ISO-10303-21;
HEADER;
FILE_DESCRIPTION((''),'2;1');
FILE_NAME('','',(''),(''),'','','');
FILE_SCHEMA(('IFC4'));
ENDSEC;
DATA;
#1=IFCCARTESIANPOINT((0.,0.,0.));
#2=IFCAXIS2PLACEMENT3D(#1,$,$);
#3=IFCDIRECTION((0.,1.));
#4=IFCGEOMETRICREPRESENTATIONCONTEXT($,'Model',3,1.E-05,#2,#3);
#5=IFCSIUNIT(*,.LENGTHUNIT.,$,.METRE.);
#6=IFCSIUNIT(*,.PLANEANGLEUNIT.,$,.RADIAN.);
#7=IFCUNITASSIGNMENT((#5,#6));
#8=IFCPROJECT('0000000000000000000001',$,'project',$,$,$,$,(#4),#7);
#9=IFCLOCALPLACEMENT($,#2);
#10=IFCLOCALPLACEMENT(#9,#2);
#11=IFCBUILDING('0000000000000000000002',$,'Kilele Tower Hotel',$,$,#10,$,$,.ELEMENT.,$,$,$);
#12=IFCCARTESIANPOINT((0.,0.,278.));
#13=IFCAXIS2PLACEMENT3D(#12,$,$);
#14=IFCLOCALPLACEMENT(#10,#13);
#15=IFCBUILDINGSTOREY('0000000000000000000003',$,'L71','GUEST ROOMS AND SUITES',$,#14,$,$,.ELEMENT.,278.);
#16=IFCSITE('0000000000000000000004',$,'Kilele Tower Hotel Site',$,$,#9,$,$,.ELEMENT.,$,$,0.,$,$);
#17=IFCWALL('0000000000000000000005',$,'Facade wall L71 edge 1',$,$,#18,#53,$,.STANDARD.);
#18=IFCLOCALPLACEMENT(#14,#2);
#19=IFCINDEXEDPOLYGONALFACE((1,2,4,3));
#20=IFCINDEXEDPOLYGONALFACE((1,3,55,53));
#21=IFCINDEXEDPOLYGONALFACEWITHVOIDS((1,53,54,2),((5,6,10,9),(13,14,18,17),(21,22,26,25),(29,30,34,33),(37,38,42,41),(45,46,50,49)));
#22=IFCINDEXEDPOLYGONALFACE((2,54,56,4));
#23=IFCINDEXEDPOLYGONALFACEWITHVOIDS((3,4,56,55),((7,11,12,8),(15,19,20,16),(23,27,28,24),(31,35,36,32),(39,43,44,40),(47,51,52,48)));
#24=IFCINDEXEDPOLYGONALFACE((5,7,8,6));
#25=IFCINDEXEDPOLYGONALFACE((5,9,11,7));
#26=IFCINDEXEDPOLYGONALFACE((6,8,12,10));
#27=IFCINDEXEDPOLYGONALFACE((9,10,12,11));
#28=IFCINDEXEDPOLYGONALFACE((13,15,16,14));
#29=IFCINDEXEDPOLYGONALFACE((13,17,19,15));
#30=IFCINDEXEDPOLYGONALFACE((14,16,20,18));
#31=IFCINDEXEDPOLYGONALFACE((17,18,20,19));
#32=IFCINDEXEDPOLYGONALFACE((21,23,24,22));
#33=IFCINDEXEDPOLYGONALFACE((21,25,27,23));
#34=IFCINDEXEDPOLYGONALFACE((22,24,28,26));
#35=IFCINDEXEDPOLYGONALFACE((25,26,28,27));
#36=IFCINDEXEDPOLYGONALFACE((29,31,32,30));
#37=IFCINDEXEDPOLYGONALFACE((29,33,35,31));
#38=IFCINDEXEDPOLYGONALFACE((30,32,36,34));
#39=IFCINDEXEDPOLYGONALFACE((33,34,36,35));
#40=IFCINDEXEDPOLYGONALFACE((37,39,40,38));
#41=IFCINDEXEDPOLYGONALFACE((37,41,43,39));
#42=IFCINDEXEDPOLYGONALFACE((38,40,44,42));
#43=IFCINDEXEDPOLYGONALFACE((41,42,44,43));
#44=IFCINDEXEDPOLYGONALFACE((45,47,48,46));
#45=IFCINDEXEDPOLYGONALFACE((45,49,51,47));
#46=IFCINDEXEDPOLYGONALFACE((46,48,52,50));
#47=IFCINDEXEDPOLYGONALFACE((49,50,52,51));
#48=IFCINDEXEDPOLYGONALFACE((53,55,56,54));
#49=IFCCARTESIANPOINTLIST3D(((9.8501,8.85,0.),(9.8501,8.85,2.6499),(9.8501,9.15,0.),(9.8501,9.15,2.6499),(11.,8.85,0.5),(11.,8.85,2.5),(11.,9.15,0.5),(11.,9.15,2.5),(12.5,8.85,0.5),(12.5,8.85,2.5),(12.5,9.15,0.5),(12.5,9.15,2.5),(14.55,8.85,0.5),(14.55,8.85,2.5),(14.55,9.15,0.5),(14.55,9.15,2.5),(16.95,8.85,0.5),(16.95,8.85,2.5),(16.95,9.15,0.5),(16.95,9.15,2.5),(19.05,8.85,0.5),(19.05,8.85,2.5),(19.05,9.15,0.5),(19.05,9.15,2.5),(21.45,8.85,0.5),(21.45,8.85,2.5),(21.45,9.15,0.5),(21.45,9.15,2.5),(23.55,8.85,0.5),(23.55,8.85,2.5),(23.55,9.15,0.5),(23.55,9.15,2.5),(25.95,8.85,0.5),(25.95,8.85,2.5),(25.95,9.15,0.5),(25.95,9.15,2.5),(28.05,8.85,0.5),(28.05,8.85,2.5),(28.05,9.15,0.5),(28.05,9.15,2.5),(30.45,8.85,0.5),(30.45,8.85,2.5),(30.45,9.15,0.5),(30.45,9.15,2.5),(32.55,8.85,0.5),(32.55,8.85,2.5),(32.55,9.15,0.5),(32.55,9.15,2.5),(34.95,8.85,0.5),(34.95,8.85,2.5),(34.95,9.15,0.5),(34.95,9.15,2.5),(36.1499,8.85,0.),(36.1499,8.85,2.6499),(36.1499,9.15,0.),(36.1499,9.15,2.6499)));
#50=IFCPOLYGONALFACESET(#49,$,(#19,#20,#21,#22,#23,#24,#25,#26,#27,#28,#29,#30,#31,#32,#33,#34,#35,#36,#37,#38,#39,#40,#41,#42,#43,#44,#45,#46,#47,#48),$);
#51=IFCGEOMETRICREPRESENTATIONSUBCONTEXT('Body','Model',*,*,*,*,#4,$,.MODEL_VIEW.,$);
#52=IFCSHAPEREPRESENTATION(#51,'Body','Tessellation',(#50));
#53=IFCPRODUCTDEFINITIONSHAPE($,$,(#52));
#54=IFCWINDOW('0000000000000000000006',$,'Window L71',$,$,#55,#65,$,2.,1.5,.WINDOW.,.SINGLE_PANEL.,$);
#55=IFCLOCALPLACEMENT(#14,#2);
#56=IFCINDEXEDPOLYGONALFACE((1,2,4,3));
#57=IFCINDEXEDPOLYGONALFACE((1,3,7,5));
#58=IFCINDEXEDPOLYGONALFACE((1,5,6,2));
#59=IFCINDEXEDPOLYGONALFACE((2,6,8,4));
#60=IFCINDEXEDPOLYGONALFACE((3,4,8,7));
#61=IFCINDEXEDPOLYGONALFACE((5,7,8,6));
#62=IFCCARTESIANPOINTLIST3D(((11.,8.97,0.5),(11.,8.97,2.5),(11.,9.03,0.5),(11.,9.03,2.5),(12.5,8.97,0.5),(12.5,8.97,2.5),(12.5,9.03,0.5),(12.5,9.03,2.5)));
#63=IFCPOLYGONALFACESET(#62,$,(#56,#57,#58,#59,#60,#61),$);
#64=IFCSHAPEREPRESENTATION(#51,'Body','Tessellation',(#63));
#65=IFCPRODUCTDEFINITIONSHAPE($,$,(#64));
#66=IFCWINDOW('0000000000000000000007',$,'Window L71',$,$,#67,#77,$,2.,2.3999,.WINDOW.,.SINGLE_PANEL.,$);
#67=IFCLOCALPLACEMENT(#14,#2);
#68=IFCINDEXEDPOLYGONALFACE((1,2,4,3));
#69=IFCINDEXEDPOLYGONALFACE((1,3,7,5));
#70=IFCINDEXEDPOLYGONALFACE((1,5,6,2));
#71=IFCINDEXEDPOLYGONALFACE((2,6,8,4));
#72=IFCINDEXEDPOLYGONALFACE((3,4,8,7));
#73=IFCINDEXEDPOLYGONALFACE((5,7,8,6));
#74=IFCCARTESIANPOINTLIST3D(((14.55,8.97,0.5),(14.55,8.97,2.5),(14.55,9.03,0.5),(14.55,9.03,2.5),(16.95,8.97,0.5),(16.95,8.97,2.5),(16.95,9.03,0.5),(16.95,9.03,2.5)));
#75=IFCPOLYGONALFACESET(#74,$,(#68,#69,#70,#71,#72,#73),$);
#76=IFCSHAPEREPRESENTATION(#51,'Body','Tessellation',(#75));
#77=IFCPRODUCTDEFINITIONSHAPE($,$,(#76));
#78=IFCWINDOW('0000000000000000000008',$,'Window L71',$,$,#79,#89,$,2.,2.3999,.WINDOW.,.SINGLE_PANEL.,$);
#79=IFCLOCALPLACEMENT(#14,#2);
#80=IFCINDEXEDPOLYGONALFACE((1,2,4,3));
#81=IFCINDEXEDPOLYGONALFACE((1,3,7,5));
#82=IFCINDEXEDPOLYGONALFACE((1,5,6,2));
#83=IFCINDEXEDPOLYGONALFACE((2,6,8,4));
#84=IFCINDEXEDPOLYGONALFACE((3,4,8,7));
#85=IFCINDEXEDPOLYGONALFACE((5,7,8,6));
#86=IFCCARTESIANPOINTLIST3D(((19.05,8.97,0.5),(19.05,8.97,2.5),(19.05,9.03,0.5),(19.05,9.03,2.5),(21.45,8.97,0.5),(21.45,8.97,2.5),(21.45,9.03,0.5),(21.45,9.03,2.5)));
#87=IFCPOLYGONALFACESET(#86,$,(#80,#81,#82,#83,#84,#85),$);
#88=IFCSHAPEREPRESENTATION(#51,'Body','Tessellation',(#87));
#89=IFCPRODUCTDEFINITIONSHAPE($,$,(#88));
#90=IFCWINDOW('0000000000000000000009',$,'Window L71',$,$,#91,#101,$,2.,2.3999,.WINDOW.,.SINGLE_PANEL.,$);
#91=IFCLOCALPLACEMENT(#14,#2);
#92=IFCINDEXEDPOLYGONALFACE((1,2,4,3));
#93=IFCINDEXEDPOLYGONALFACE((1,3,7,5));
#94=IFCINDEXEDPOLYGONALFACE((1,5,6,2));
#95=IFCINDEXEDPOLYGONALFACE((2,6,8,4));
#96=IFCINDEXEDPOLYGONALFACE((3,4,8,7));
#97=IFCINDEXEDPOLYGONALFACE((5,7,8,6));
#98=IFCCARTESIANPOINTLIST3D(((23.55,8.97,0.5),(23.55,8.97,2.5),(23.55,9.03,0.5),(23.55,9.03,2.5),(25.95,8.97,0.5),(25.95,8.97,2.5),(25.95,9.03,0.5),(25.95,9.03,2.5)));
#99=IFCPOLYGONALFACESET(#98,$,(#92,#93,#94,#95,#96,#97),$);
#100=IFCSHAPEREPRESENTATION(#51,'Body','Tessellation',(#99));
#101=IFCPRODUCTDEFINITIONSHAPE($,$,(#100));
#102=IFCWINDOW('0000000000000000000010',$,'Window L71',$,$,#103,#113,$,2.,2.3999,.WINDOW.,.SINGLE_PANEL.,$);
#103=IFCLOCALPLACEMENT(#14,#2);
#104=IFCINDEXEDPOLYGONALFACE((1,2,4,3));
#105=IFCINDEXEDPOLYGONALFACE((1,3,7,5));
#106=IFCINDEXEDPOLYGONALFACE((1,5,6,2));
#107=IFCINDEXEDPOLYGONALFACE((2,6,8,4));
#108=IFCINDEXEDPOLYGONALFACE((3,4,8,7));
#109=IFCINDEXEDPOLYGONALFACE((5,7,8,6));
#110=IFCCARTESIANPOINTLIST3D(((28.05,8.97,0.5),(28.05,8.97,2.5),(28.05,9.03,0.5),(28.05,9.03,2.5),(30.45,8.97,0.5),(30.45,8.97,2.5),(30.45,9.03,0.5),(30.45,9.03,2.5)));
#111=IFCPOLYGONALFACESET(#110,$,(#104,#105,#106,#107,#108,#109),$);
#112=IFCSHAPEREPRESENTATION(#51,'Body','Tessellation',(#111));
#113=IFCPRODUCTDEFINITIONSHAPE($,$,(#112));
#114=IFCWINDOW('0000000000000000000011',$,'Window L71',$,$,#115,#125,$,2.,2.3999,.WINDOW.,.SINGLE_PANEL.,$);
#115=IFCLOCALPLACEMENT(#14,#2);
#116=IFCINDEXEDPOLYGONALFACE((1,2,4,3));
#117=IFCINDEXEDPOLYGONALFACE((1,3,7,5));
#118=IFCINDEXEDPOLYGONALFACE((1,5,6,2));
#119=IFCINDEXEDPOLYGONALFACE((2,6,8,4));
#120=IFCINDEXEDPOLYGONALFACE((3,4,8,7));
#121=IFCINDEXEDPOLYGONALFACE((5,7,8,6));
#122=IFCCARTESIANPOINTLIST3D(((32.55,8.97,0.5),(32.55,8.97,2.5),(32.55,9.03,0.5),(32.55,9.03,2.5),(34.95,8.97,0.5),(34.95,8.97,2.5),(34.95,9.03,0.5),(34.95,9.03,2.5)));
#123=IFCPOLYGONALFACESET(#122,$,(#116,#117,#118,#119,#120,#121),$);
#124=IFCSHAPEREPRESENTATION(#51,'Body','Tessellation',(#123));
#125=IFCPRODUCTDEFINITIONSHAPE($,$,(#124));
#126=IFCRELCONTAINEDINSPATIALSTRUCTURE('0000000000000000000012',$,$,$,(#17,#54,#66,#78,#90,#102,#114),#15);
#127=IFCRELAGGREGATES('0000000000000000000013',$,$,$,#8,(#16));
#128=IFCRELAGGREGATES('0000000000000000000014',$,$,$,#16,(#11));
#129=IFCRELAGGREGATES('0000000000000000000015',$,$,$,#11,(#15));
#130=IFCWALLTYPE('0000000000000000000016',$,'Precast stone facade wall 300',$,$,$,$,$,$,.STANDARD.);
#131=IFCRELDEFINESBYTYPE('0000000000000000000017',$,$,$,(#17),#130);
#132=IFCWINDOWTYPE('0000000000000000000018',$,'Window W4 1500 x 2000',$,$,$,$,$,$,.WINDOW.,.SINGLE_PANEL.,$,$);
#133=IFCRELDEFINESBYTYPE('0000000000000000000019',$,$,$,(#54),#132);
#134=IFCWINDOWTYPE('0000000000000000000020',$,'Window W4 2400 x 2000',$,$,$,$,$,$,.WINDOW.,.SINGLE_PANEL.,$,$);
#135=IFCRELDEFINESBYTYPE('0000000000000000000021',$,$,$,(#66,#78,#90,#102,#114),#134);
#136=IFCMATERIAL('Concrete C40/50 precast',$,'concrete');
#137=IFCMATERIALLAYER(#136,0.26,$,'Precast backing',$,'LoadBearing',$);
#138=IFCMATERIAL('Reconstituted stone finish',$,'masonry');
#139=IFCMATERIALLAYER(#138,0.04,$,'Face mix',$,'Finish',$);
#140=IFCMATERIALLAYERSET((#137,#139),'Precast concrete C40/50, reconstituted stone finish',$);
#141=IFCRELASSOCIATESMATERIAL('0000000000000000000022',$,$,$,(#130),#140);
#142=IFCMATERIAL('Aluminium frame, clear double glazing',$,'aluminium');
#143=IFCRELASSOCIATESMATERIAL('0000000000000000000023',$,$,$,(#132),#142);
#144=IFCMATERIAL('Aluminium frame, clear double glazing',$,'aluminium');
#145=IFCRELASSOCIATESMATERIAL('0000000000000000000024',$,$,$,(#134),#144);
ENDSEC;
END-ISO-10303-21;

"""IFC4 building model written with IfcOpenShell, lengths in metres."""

from ifc_helpers import new_model, si_unit, direction, frame, frame_2d, origin, place, context, subcontext, project, spatial, rectangle, extrude, material, layer, layer_set, type_object, element, fill, save


model = new_model("IFC4")

# Units and contexts
model_context = context("Model", 3, precision=1e-05, world=origin(), true_north=direction((0.0, 1.0)))
body_context = subcontext(model_context, "Body", "Model", "MODEL_VIEW")
ifc_project = project(units=[si_unit("LENGTHUNIT", "METRE"), si_unit("PLANEANGLEUNIT", "RADIAN")], contexts=[model_context])

# Site, building, storey
site_placement = place(None, origin())
site = spatial("IfcSite", under=ifc_project, at=site_placement, Name="Kilele Tower Hotel Site", CompositionType="ELEMENT", RefElevation=0.0)
building_placement = place(site_placement, origin())
building = spatial("IfcBuilding", under=site, at=building_placement, Name="Kilele Tower Hotel", CompositionType="ELEMENT")
storey_placement = place(building_placement, frame((0.0, 0.0, 278.0)))
storey = spatial("IfcBuildingStorey", under=building, at=storey_placement, Name="L71", Description="GUEST ROOMS AND SUITES", CompositionType="ELEMENT", Elevation=278.0)

# Wall, openings, windows
ifc_material_1 = material(Name="Concrete C40/50 precast", Category="concrete")
ifc_layer_1 = layer(ifc_material_1, 0.26, Name="Precast backing", Category="LoadBearing")
ifc_material_2 = material(Name="Reconstituted stone finish", Category="masonry")
ifc_layer_2 = layer(ifc_material_2, 0.04, Name="Face mix", Category="Finish")
ifc_layer_set_1 = layer_set([ifc_layer_1, ifc_layer_2], Name="Precast concrete C40/50, reconstituted stone finish")
wall_type = type_object("IfcWallType", Name="Precast stone facade wall 300", PredefinedType="STANDARD", material=ifc_layer_set_1)
wall_placement = place(storey_placement, frame((9.8501, 9.0, 0.0), z_axis=(0.0, 0.0, 1.0), x_axis=(1.0, 0.0, 0.0)))
wall = element("IfcWall", 1, at=wall_placement, inside=storey, type_object=wall_type, Name="Facade wall L71 edge 1", PredefinedType="STANDARD", context=body_context, shape_type="SweptSolid", body=[
    extrude(rectangle(XDim=26.2998, YDim=0.3, at=frame_2d((13.1499, 0.0))), origin(), (0.0, 0.0, 1.0), 2.6499),
])
opening_1_placement = place(wall_placement, frame((1.1499, 0.0, 0.5)))
opening_1 = element("IfcOpeningElement", 2, at=opening_1_placement, cuts=wall, PredefinedType="OPENING", context=body_context, shape_type="SweptSolid", body=[
    extrude(rectangle(XDim=1.5, YDim=2.0, at=frame_2d((0.75, 1.0))), frame((0.0, 0.1599, 0.0), z_axis=(0.0, -1.0, 0.0), x_axis=(1.0, 0.0, 0.0)), (0.0, 0.0, 1.0), 0.3201),
])
opening_2_placement = place(wall_placement, frame((4.7, 0.0, 0.5)))
opening_2 = element("IfcOpeningElement", 3, at=opening_2_placement, cuts=wall, PredefinedType="OPENING", context=body_context, shape_type="SweptSolid", body=[
    extrude(rectangle(XDim=2.3999, YDim=2.0, at=frame_2d((1.2, 1.0))), frame((0.0, 0.1599, 0.0), z_axis=(0.0, -1.0, 0.0), x_axis=(1.0, 0.0, 0.0)), (0.0, 0.0, 1.0), 0.3201),
])
opening_3_placement = place(wall_placement, frame((9.2, 0.0, 0.5)))
opening_3 = element("IfcOpeningElement", 4, at=opening_3_placement, cuts=wall, PredefinedType="OPENING", context=body_context, shape_type="SweptSolid", body=[
    extrude(rectangle(XDim=2.3999, YDim=2.0, at=frame_2d((1.2, 1.0))), frame((0.0, 0.1599, 0.0), z_axis=(0.0, -1.0, 0.0), x_axis=(1.0, 0.0, 0.0)), (0.0, 0.0, 1.0), 0.3201),
])
opening_4_placement = place(wall_placement, frame((13.7, 0.0, 0.5)))
opening_4 = element("IfcOpeningElement", 5, at=opening_4_placement, cuts=wall, PredefinedType="OPENING", context=body_context, shape_type="SweptSolid", body=[
    extrude(rectangle(XDim=2.3999, YDim=2.0, at=frame_2d((1.2, 1.0))), frame((0.0, 0.1599, 0.0), z_axis=(0.0, -1.0, 0.0), x_axis=(1.0, 0.0, 0.0)), (0.0, 0.0, 1.0), 0.3201),
])
opening_5_placement = place(wall_placement, frame((18.2, 0.0, 0.5)))
opening_5 = element("IfcOpeningElement", 6, at=opening_5_placement, cuts=wall, PredefinedType="OPENING", context=body_context, shape_type="SweptSolid", body=[
    extrude(rectangle(XDim=2.3999, YDim=2.0, at=frame_2d((1.2, 1.0))), frame((0.0, 0.1599, 0.0), z_axis=(0.0, -1.0, 0.0), x_axis=(1.0, 0.0, 0.0)), (0.0, 0.0, 1.0), 0.3201),
])
opening_6_placement = place(wall_placement, frame((22.7, 0.0, 0.5)))
opening_6 = element("IfcOpeningElement", 7, at=opening_6_placement, cuts=wall, PredefinedType="OPENING", context=body_context, shape_type="SweptSolid", body=[
    extrude(rectangle(XDim=2.3999, YDim=2.0, at=frame_2d((1.2, 1.0))), frame((0.0, 0.1599, 0.0), z_axis=(0.0, -1.0, 0.0), x_axis=(1.0, 0.0, 0.0)), (0.0, 0.0, 1.0), 0.3201),
])
ifc_material_3 = material(Name="Aluminium frame, clear double glazing", Category="aluminium")
window_type_1 = type_object("IfcWindowType", Name="Window W4 1500 x 2000", PartitioningType="SINGLE_PANEL", PredefinedType="WINDOW", material=ifc_material_3)
window_1_placement = place(opening_1_placement, origin())
window_1 = element("IfcWindow", 8, at=window_1_placement, inside=storey, type_object=window_type_1, Name="Window L71", OverallHeight=2.0, OverallWidth=1.5, PartitioningType="SINGLE_PANEL", PredefinedType="WINDOW", context=body_context, shape_type="SweptSolid", body=[
    extrude(rectangle(XDim=1.5, YDim=2.0, at=frame_2d((0.75, 1.0))), frame((0.0, 0.03, 0.0), z_axis=(0.0, -1.0, 0.0), x_axis=(1.0, 0.0, 0.0)), (0.0, 0.0, 1.0), 0.0601),
])
fill(opening_1, window_1)
ifc_material_4 = material(Name="Aluminium frame, clear double glazing", Category="aluminium")
window_type_2 = type_object("IfcWindowType", Name="Window W4 2400 x 2000", PartitioningType="SINGLE_PANEL", PredefinedType="WINDOW", material=ifc_material_4)
window_2_placement = place(opening_2_placement, origin())
window_2 = element("IfcWindow", 9, at=window_2_placement, inside=storey, type_object=window_type_2, Name="Window L71", OverallHeight=2.0, OverallWidth=2.3999, PartitioningType="SINGLE_PANEL", PredefinedType="WINDOW", context=body_context, shape_type="SweptSolid", body=[
    extrude(rectangle(XDim=2.3999, YDim=2.0, at=frame_2d((1.2, 1.0))), frame((0.0, 0.03, 0.0), z_axis=(0.0, -1.0, 0.0), x_axis=(1.0, 0.0, 0.0)), (0.0, 0.0, 1.0), 0.0601),
])
fill(opening_2, window_2)
window_3_placement = place(opening_3_placement, origin())
window_3 = element("IfcWindow", 10, at=window_3_placement, inside=storey, type_object=window_type_2, Name="Window L71", OverallHeight=2.0, OverallWidth=2.3999, PartitioningType="SINGLE_PANEL", PredefinedType="WINDOW", context=body_context, shape_type="SweptSolid", body=[
    extrude(rectangle(XDim=2.3999, YDim=2.0, at=frame_2d((1.2, 1.0))), frame((0.0, 0.03, 0.0), z_axis=(0.0, -1.0, 0.0), x_axis=(1.0, 0.0, 0.0)), (0.0, 0.0, 1.0), 0.0601),
])
fill(opening_3, window_3)
window_4_placement = place(opening_4_placement, origin())
window_4 = element("IfcWindow", 11, at=window_4_placement, inside=storey, type_object=window_type_2, Name="Window L71", OverallHeight=2.0, OverallWidth=2.3999, PartitioningType="SINGLE_PANEL", PredefinedType="WINDOW", context=body_context, shape_type="SweptSolid", body=[
    extrude(rectangle(XDim=2.3999, YDim=2.0, at=frame_2d((1.2, 1.0))), frame((0.0, 0.03, 0.0), z_axis=(0.0, -1.0, 0.0), x_axis=(1.0, 0.0, 0.0)), (0.0, 0.0, 1.0), 0.0601),
])
fill(opening_4, window_4)
window_5_placement = place(opening_5_placement, origin())
window_5 = element("IfcWindow", 12, at=window_5_placement, inside=storey, type_object=window_type_2, Name="Window L71", OverallHeight=2.0, OverallWidth=2.3999, PartitioningType="SINGLE_PANEL", PredefinedType="WINDOW", context=body_context, shape_type="SweptSolid", body=[
    extrude(rectangle(XDim=2.3999, YDim=2.0, at=frame_2d((1.2, 1.0))), frame((0.0, 0.03, 0.0), z_axis=(0.0, -1.0, 0.0), x_axis=(1.0, 0.0, 0.0)), (0.0, 0.0, 1.0), 0.0601),
])
fill(opening_5, window_5)
window_6_placement = place(opening_6_placement, origin())
window_6 = element("IfcWindow", 13, at=window_6_placement, inside=storey, type_object=window_type_2, Name="Window L71", OverallHeight=2.0, OverallWidth=2.3999, PartitioningType="SINGLE_PANEL", PredefinedType="WINDOW", context=body_context, shape_type="SweptSolid", body=[
    extrude(rectangle(XDim=2.3999, YDim=2.0, at=frame_2d((1.2, 1.0))), frame((0.0, 0.03, 0.0), z_axis=(0.0, -1.0, 0.0), x_axis=(1.0, 0.0, 0.0)), (0.0, 0.0, 1.0), 0.0601),
])
fill(opening_6, window_6)

save(model, "model.ifc")
